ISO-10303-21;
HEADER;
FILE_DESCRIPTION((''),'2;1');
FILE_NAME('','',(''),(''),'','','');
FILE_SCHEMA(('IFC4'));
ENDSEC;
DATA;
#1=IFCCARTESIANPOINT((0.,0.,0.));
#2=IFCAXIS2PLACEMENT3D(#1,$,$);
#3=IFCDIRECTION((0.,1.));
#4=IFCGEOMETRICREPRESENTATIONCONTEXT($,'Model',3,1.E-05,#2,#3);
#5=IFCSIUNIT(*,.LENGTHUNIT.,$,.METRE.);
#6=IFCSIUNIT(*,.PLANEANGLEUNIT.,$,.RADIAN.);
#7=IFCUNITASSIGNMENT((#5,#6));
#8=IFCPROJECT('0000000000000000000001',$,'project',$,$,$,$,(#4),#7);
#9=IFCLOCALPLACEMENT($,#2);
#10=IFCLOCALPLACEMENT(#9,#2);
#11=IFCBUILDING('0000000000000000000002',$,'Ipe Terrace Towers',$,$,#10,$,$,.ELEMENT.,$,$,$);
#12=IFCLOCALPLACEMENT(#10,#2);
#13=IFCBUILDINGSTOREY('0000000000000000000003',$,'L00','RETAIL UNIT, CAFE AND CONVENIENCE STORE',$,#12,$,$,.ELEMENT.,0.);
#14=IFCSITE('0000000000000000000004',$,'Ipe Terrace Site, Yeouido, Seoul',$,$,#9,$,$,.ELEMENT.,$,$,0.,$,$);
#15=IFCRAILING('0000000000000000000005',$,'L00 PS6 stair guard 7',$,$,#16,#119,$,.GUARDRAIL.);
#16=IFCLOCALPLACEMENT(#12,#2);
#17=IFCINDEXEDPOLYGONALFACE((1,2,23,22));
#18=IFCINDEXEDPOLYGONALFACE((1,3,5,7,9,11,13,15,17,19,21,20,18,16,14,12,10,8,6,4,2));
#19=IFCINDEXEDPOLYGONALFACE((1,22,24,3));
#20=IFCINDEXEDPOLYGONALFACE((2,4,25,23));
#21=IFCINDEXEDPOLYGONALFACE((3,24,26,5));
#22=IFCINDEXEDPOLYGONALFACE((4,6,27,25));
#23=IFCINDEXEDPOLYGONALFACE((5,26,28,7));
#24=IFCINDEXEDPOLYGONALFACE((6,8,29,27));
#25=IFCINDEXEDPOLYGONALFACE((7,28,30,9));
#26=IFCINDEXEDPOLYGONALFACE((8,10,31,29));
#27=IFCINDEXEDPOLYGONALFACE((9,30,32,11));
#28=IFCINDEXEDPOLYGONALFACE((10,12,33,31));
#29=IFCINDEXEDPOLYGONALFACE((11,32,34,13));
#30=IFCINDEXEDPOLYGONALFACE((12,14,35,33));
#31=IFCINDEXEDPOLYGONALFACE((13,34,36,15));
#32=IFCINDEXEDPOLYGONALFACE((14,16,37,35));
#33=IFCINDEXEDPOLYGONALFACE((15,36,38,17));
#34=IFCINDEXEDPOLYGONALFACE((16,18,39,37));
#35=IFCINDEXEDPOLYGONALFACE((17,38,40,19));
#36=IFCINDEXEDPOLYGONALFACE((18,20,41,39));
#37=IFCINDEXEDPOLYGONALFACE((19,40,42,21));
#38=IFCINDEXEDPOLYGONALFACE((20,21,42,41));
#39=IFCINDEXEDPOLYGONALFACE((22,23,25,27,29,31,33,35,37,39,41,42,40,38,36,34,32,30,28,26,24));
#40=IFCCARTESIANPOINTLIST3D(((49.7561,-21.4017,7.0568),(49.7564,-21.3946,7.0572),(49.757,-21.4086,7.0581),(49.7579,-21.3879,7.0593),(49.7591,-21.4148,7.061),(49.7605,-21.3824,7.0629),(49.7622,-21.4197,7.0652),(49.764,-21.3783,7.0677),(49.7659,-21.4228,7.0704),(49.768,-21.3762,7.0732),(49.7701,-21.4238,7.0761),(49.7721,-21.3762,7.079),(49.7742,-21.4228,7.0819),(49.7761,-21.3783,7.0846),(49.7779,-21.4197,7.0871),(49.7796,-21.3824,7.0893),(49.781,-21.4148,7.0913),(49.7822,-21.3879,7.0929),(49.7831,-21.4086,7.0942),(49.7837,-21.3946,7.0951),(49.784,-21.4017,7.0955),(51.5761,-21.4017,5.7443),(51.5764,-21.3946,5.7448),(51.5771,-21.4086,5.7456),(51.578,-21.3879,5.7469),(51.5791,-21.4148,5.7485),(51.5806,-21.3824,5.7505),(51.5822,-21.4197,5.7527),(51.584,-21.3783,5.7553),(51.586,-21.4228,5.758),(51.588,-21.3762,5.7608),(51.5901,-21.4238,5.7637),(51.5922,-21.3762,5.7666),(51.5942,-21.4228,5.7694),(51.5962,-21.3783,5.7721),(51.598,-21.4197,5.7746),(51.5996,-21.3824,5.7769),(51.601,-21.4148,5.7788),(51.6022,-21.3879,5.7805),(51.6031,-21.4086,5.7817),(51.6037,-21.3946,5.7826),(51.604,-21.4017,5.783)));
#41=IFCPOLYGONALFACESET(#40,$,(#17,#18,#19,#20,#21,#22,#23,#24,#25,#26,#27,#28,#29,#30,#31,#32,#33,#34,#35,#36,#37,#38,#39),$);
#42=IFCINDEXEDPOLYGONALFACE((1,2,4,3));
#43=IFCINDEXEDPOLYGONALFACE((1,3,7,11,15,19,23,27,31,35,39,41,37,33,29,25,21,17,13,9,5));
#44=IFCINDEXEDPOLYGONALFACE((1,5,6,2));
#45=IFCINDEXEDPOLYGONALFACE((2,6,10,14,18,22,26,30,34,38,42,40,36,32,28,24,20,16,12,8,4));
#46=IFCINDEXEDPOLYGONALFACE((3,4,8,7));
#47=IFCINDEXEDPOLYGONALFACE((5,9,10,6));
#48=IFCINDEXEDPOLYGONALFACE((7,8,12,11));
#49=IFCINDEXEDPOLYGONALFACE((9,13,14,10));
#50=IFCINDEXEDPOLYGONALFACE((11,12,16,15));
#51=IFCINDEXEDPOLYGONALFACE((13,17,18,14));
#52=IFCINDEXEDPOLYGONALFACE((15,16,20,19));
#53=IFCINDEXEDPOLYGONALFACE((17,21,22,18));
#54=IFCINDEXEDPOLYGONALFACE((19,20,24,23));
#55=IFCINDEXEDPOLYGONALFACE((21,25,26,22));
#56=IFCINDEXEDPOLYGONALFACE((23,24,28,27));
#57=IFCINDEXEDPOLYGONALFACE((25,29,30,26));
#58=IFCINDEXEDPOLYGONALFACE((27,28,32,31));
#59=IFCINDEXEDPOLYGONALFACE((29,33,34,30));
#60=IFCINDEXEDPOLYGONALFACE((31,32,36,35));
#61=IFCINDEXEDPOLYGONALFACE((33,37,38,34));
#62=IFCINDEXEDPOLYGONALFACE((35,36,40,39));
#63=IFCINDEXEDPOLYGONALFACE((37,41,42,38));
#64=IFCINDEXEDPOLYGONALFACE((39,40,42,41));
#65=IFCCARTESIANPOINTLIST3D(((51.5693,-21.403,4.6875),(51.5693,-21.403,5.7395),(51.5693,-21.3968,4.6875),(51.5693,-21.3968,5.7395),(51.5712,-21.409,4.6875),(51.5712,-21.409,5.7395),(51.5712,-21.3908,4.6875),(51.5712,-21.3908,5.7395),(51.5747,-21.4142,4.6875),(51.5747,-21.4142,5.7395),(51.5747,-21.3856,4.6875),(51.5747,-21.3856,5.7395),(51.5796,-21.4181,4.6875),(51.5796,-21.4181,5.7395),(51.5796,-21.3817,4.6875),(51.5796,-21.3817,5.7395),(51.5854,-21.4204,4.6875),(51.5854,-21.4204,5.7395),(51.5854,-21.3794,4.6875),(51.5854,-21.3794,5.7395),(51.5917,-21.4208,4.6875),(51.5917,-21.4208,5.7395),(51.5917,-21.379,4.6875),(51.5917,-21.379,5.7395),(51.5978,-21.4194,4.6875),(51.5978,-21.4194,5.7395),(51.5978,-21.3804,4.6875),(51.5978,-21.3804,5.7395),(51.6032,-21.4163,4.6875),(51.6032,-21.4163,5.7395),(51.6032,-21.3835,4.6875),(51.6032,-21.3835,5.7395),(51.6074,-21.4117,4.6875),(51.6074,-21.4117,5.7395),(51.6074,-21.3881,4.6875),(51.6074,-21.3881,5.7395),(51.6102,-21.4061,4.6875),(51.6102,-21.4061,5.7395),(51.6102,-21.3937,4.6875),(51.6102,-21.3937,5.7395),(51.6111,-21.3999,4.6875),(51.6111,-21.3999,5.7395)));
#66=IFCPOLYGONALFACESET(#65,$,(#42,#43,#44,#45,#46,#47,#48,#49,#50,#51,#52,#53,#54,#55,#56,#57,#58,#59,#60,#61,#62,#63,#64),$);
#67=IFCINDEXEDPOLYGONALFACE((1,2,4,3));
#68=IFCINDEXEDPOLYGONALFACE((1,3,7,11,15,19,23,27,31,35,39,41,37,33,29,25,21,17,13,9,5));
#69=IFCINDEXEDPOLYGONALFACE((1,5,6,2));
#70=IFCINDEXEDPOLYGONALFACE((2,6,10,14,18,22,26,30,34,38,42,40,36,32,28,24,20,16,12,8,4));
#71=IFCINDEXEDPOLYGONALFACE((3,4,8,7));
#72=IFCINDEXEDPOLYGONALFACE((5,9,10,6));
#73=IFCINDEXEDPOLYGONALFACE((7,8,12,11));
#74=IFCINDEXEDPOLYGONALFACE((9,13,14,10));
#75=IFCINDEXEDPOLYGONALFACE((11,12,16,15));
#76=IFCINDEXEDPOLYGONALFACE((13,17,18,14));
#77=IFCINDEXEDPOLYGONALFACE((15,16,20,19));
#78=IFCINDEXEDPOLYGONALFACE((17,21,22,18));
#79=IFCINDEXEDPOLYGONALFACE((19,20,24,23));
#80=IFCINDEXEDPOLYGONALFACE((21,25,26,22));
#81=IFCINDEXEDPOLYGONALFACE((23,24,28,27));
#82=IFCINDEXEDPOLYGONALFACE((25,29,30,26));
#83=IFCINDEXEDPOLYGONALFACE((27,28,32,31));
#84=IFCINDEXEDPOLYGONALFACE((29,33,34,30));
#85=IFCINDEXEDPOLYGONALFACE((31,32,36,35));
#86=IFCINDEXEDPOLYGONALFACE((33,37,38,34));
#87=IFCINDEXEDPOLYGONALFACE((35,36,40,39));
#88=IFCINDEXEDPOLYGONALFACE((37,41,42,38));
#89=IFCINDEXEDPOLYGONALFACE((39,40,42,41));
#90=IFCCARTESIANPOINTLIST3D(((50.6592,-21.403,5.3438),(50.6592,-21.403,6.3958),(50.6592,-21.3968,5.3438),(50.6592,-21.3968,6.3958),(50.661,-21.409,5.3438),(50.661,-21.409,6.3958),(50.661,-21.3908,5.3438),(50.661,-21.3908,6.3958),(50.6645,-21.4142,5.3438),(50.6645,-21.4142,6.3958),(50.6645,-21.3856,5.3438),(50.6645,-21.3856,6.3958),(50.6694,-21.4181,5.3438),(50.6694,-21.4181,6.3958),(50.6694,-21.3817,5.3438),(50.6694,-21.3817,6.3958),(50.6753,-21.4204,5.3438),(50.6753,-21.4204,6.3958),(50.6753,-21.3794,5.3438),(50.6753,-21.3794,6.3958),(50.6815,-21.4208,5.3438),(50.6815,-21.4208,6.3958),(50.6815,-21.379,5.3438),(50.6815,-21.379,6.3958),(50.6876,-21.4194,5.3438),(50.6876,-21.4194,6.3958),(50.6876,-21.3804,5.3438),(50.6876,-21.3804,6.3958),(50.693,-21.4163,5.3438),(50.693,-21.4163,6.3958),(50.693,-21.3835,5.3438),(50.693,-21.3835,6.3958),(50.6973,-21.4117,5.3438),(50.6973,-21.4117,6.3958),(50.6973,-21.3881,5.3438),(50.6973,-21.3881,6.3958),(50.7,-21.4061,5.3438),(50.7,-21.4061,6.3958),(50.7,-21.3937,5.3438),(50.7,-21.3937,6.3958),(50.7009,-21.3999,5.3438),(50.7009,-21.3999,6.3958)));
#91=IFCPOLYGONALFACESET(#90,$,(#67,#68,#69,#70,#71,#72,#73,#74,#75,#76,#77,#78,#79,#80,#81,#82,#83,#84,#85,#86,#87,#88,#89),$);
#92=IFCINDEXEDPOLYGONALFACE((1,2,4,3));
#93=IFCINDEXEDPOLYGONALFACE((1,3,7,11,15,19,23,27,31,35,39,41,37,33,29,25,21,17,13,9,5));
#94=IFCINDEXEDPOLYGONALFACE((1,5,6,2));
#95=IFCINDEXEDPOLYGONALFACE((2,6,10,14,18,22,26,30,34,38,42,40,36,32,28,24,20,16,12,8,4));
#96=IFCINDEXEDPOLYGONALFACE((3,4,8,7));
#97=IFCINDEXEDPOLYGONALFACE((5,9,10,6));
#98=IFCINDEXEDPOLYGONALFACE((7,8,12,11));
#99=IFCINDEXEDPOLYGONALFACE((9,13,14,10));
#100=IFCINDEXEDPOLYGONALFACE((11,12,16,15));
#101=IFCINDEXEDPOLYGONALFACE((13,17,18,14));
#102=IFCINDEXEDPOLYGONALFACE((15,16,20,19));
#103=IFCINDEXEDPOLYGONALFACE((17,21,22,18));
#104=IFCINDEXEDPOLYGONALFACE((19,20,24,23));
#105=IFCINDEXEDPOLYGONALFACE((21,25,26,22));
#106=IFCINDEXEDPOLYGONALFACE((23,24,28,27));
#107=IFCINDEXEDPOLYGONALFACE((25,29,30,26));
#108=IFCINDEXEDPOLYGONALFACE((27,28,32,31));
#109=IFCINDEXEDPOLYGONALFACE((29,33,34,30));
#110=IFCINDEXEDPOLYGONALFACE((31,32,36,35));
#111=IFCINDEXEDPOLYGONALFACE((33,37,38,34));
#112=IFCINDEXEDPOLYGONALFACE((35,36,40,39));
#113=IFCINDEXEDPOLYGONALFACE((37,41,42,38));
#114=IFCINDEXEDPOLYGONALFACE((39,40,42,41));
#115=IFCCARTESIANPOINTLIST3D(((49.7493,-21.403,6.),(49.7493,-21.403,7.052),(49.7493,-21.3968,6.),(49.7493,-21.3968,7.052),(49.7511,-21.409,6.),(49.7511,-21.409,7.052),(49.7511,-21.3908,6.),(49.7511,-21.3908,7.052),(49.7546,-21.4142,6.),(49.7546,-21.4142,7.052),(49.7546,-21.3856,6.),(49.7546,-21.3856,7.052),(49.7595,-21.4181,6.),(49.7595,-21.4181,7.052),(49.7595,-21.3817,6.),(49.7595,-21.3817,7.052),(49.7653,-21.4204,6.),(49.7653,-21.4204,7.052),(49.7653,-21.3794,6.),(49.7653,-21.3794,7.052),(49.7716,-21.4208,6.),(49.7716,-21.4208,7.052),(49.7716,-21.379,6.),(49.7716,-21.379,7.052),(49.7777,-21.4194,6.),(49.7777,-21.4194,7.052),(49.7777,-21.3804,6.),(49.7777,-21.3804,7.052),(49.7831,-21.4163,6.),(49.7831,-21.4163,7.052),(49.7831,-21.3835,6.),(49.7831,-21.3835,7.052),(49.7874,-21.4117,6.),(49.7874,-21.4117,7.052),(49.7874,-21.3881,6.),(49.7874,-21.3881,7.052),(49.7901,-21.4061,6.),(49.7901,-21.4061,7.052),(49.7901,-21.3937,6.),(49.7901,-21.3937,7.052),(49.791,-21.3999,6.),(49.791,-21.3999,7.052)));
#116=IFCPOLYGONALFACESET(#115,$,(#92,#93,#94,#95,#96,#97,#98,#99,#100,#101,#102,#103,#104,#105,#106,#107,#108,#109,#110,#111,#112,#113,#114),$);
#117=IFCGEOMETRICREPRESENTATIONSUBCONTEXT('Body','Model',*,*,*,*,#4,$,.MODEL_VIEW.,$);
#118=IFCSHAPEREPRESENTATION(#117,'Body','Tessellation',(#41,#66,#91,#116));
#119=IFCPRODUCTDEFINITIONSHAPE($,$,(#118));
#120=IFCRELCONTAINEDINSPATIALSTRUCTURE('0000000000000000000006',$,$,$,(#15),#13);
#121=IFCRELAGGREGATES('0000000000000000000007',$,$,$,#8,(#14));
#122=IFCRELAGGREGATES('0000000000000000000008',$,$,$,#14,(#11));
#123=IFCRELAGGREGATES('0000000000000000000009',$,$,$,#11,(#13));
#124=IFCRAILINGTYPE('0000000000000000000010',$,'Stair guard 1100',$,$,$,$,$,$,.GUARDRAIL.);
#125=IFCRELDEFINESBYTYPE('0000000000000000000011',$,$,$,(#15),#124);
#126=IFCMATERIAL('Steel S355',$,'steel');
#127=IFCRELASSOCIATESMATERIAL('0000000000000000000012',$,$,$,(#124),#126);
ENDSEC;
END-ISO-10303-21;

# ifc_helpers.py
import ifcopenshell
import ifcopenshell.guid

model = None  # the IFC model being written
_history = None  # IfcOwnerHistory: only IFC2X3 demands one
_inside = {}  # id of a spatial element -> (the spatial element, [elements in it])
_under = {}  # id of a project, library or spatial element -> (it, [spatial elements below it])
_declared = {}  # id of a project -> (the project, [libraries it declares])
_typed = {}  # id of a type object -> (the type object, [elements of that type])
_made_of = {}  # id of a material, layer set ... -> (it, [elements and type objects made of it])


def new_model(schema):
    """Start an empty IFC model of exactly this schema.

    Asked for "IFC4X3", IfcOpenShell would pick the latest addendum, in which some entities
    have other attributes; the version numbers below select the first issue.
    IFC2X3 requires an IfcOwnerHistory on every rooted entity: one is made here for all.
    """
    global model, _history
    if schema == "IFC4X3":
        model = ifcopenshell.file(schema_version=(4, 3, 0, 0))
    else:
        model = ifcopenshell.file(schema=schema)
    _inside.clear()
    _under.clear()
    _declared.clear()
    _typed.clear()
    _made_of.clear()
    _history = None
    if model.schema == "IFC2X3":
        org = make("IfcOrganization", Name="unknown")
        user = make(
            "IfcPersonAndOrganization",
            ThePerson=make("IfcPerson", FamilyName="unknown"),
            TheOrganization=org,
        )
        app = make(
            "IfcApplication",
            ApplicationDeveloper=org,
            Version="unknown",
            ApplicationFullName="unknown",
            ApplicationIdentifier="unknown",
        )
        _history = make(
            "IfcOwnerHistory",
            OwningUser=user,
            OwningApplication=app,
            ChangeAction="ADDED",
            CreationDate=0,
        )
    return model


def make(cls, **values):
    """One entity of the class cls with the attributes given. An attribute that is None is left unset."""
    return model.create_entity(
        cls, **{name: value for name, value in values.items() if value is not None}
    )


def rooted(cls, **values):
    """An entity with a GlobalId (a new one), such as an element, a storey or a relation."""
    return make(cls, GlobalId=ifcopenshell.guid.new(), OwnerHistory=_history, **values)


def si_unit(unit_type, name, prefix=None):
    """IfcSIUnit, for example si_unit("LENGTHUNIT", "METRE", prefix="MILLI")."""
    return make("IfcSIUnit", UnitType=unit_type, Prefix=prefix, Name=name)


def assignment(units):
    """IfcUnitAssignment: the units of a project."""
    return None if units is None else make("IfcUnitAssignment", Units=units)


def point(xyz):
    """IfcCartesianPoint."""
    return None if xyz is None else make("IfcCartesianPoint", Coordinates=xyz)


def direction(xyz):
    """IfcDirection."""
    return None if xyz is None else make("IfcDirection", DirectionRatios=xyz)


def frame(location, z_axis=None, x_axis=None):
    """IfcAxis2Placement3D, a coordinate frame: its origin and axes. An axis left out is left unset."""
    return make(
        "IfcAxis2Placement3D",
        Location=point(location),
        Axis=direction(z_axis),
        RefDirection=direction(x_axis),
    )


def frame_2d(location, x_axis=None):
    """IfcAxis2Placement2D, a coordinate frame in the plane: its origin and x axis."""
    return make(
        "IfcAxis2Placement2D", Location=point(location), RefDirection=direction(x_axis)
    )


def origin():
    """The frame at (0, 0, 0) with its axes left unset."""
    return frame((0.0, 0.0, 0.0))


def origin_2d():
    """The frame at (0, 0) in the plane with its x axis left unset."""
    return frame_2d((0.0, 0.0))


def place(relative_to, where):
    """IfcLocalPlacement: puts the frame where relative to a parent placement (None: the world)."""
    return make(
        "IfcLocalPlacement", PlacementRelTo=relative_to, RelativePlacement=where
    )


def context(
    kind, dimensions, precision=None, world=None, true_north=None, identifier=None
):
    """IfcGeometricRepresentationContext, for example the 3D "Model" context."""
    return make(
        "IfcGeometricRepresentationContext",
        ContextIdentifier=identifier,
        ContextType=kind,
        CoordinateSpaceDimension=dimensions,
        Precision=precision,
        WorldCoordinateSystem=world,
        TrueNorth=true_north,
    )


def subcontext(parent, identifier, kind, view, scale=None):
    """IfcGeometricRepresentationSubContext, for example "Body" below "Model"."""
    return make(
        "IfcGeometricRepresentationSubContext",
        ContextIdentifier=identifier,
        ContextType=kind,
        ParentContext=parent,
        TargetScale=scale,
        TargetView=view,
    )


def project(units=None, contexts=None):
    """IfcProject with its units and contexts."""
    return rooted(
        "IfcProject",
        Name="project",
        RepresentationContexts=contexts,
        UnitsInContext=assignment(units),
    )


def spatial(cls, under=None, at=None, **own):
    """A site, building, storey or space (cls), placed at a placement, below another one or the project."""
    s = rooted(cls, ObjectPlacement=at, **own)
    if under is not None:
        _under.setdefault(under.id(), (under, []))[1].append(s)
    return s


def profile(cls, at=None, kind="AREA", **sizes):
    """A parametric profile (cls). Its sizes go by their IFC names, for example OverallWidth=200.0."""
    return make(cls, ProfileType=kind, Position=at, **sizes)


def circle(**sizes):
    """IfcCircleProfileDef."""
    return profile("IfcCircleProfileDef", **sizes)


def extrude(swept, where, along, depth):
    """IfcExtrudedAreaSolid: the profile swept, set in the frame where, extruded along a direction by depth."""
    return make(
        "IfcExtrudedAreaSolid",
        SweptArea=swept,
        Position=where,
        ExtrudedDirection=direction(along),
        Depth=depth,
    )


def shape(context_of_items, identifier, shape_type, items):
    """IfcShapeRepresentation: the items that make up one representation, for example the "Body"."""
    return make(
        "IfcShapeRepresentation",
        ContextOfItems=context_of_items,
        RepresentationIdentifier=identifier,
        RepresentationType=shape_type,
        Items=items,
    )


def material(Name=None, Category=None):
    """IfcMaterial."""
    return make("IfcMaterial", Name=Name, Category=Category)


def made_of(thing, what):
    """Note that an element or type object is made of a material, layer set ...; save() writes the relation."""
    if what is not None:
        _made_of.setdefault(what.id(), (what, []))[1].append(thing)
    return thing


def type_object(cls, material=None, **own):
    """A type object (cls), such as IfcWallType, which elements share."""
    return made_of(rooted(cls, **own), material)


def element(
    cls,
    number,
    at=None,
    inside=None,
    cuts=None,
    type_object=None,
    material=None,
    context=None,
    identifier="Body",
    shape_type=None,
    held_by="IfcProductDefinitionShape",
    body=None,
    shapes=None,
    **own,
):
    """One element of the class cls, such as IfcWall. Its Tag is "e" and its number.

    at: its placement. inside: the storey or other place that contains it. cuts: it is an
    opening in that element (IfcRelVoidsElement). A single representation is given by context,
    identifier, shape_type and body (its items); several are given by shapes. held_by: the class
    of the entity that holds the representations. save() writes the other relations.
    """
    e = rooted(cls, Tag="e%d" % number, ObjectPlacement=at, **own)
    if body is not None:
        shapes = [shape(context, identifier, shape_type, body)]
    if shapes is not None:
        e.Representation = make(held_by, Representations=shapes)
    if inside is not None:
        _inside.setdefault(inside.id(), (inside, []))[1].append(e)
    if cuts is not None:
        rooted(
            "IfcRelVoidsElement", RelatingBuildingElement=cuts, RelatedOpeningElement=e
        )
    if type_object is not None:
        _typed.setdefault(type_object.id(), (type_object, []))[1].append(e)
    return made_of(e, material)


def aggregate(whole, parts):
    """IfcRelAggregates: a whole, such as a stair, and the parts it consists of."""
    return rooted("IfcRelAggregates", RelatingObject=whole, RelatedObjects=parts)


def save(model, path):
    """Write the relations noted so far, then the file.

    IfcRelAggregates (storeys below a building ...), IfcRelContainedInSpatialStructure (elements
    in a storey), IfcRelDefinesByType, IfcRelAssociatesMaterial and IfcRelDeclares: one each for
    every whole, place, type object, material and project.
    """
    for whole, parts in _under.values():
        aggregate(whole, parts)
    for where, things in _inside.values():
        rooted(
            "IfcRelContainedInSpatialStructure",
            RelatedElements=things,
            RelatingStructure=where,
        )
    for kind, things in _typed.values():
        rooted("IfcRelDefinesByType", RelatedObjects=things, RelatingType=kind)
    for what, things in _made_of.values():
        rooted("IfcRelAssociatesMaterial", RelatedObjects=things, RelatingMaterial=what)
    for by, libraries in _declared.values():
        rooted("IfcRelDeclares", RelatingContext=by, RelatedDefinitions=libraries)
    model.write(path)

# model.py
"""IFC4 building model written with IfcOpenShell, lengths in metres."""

from ifc_helpers import new_model, si_unit, direction, frame, origin, origin_2d, place, context, subcontext, project, spatial, circle, extrude, material, type_object, element, save


model = new_model("IFC4")

# Units and contexts
model_context = context("Model", 3, precision=1e-05, world=origin(), true_north=direction((0.0, 1.0)))
body_context = subcontext(model_context, "Body", "Model", "MODEL_VIEW")
ifc_project = project(units=[si_unit("LENGTHUNIT", "METRE"), si_unit("PLANEANGLEUNIT", "RADIAN")], contexts=[model_context])

# Site, building, storey
site_placement = place(None, origin())
site = spatial("IfcSite", under=ifc_project, at=site_placement, Name="Ipe Terrace Site, Yeouido, Seoul", CompositionType="ELEMENT", RefElevation=0.0)
building_placement = place(site_placement, origin())
building = spatial("IfcBuilding", under=site, at=building_placement, Name="Ipe Terrace Towers", CompositionType="ELEMENT")
storey_placement = place(building_placement, origin())
storey = spatial("IfcBuildingStorey", under=building, at=storey_placement, Name="L00", Description="RETAIL UNIT, CAFE AND CONVENIENCE STORE", CompositionType="ELEMENT", Elevation=0.0)

# Railing
ifc_material_1 = material(Name="Steel S355", Category="steel")
railing_type_1 = type_object("IfcRailingType", Name="Stair guard 1100", PredefinedType="GUARDRAIL", material=ifc_material_1)
railing_1_placement = place(storey_placement, frame((51.5901, -21.3999, 4.6875)))
element("IfcRailing", 1, at=railing_1_placement, inside=storey, type_object=railing_type_1, Name="L00 PS6 stair guard 7", PredefinedType="GUARDRAIL", context=body_context, shape_type="SweptSolid", body=[
    extrude(circle(Radius=0.0239, at=origin_2d()), frame((0.0, 0.0, 1.0762), z_axis=(-0.811101, 0.0, 0.584906), x_axis=(0.0, -1.0, 0.0)), (0.0, 0.0, 1.0), 2.2439),
    extrude(circle(Radius=0.021, at=origin_2d()), origin(), (0.0, 0.0, 1.0), 1.052),
    extrude(circle(Radius=0.021, at=origin_2d()), frame((-0.9102, 0.0, 0.6562)), (0.0, 0.0, 1.0), 1.052),
    extrude(circle(Radius=0.021, at=origin_2d()), frame((-1.8201, 0.0, 1.3125)), (0.0, 0.0, 1.0), 1.052),
])

save(model, "model.ifc")
